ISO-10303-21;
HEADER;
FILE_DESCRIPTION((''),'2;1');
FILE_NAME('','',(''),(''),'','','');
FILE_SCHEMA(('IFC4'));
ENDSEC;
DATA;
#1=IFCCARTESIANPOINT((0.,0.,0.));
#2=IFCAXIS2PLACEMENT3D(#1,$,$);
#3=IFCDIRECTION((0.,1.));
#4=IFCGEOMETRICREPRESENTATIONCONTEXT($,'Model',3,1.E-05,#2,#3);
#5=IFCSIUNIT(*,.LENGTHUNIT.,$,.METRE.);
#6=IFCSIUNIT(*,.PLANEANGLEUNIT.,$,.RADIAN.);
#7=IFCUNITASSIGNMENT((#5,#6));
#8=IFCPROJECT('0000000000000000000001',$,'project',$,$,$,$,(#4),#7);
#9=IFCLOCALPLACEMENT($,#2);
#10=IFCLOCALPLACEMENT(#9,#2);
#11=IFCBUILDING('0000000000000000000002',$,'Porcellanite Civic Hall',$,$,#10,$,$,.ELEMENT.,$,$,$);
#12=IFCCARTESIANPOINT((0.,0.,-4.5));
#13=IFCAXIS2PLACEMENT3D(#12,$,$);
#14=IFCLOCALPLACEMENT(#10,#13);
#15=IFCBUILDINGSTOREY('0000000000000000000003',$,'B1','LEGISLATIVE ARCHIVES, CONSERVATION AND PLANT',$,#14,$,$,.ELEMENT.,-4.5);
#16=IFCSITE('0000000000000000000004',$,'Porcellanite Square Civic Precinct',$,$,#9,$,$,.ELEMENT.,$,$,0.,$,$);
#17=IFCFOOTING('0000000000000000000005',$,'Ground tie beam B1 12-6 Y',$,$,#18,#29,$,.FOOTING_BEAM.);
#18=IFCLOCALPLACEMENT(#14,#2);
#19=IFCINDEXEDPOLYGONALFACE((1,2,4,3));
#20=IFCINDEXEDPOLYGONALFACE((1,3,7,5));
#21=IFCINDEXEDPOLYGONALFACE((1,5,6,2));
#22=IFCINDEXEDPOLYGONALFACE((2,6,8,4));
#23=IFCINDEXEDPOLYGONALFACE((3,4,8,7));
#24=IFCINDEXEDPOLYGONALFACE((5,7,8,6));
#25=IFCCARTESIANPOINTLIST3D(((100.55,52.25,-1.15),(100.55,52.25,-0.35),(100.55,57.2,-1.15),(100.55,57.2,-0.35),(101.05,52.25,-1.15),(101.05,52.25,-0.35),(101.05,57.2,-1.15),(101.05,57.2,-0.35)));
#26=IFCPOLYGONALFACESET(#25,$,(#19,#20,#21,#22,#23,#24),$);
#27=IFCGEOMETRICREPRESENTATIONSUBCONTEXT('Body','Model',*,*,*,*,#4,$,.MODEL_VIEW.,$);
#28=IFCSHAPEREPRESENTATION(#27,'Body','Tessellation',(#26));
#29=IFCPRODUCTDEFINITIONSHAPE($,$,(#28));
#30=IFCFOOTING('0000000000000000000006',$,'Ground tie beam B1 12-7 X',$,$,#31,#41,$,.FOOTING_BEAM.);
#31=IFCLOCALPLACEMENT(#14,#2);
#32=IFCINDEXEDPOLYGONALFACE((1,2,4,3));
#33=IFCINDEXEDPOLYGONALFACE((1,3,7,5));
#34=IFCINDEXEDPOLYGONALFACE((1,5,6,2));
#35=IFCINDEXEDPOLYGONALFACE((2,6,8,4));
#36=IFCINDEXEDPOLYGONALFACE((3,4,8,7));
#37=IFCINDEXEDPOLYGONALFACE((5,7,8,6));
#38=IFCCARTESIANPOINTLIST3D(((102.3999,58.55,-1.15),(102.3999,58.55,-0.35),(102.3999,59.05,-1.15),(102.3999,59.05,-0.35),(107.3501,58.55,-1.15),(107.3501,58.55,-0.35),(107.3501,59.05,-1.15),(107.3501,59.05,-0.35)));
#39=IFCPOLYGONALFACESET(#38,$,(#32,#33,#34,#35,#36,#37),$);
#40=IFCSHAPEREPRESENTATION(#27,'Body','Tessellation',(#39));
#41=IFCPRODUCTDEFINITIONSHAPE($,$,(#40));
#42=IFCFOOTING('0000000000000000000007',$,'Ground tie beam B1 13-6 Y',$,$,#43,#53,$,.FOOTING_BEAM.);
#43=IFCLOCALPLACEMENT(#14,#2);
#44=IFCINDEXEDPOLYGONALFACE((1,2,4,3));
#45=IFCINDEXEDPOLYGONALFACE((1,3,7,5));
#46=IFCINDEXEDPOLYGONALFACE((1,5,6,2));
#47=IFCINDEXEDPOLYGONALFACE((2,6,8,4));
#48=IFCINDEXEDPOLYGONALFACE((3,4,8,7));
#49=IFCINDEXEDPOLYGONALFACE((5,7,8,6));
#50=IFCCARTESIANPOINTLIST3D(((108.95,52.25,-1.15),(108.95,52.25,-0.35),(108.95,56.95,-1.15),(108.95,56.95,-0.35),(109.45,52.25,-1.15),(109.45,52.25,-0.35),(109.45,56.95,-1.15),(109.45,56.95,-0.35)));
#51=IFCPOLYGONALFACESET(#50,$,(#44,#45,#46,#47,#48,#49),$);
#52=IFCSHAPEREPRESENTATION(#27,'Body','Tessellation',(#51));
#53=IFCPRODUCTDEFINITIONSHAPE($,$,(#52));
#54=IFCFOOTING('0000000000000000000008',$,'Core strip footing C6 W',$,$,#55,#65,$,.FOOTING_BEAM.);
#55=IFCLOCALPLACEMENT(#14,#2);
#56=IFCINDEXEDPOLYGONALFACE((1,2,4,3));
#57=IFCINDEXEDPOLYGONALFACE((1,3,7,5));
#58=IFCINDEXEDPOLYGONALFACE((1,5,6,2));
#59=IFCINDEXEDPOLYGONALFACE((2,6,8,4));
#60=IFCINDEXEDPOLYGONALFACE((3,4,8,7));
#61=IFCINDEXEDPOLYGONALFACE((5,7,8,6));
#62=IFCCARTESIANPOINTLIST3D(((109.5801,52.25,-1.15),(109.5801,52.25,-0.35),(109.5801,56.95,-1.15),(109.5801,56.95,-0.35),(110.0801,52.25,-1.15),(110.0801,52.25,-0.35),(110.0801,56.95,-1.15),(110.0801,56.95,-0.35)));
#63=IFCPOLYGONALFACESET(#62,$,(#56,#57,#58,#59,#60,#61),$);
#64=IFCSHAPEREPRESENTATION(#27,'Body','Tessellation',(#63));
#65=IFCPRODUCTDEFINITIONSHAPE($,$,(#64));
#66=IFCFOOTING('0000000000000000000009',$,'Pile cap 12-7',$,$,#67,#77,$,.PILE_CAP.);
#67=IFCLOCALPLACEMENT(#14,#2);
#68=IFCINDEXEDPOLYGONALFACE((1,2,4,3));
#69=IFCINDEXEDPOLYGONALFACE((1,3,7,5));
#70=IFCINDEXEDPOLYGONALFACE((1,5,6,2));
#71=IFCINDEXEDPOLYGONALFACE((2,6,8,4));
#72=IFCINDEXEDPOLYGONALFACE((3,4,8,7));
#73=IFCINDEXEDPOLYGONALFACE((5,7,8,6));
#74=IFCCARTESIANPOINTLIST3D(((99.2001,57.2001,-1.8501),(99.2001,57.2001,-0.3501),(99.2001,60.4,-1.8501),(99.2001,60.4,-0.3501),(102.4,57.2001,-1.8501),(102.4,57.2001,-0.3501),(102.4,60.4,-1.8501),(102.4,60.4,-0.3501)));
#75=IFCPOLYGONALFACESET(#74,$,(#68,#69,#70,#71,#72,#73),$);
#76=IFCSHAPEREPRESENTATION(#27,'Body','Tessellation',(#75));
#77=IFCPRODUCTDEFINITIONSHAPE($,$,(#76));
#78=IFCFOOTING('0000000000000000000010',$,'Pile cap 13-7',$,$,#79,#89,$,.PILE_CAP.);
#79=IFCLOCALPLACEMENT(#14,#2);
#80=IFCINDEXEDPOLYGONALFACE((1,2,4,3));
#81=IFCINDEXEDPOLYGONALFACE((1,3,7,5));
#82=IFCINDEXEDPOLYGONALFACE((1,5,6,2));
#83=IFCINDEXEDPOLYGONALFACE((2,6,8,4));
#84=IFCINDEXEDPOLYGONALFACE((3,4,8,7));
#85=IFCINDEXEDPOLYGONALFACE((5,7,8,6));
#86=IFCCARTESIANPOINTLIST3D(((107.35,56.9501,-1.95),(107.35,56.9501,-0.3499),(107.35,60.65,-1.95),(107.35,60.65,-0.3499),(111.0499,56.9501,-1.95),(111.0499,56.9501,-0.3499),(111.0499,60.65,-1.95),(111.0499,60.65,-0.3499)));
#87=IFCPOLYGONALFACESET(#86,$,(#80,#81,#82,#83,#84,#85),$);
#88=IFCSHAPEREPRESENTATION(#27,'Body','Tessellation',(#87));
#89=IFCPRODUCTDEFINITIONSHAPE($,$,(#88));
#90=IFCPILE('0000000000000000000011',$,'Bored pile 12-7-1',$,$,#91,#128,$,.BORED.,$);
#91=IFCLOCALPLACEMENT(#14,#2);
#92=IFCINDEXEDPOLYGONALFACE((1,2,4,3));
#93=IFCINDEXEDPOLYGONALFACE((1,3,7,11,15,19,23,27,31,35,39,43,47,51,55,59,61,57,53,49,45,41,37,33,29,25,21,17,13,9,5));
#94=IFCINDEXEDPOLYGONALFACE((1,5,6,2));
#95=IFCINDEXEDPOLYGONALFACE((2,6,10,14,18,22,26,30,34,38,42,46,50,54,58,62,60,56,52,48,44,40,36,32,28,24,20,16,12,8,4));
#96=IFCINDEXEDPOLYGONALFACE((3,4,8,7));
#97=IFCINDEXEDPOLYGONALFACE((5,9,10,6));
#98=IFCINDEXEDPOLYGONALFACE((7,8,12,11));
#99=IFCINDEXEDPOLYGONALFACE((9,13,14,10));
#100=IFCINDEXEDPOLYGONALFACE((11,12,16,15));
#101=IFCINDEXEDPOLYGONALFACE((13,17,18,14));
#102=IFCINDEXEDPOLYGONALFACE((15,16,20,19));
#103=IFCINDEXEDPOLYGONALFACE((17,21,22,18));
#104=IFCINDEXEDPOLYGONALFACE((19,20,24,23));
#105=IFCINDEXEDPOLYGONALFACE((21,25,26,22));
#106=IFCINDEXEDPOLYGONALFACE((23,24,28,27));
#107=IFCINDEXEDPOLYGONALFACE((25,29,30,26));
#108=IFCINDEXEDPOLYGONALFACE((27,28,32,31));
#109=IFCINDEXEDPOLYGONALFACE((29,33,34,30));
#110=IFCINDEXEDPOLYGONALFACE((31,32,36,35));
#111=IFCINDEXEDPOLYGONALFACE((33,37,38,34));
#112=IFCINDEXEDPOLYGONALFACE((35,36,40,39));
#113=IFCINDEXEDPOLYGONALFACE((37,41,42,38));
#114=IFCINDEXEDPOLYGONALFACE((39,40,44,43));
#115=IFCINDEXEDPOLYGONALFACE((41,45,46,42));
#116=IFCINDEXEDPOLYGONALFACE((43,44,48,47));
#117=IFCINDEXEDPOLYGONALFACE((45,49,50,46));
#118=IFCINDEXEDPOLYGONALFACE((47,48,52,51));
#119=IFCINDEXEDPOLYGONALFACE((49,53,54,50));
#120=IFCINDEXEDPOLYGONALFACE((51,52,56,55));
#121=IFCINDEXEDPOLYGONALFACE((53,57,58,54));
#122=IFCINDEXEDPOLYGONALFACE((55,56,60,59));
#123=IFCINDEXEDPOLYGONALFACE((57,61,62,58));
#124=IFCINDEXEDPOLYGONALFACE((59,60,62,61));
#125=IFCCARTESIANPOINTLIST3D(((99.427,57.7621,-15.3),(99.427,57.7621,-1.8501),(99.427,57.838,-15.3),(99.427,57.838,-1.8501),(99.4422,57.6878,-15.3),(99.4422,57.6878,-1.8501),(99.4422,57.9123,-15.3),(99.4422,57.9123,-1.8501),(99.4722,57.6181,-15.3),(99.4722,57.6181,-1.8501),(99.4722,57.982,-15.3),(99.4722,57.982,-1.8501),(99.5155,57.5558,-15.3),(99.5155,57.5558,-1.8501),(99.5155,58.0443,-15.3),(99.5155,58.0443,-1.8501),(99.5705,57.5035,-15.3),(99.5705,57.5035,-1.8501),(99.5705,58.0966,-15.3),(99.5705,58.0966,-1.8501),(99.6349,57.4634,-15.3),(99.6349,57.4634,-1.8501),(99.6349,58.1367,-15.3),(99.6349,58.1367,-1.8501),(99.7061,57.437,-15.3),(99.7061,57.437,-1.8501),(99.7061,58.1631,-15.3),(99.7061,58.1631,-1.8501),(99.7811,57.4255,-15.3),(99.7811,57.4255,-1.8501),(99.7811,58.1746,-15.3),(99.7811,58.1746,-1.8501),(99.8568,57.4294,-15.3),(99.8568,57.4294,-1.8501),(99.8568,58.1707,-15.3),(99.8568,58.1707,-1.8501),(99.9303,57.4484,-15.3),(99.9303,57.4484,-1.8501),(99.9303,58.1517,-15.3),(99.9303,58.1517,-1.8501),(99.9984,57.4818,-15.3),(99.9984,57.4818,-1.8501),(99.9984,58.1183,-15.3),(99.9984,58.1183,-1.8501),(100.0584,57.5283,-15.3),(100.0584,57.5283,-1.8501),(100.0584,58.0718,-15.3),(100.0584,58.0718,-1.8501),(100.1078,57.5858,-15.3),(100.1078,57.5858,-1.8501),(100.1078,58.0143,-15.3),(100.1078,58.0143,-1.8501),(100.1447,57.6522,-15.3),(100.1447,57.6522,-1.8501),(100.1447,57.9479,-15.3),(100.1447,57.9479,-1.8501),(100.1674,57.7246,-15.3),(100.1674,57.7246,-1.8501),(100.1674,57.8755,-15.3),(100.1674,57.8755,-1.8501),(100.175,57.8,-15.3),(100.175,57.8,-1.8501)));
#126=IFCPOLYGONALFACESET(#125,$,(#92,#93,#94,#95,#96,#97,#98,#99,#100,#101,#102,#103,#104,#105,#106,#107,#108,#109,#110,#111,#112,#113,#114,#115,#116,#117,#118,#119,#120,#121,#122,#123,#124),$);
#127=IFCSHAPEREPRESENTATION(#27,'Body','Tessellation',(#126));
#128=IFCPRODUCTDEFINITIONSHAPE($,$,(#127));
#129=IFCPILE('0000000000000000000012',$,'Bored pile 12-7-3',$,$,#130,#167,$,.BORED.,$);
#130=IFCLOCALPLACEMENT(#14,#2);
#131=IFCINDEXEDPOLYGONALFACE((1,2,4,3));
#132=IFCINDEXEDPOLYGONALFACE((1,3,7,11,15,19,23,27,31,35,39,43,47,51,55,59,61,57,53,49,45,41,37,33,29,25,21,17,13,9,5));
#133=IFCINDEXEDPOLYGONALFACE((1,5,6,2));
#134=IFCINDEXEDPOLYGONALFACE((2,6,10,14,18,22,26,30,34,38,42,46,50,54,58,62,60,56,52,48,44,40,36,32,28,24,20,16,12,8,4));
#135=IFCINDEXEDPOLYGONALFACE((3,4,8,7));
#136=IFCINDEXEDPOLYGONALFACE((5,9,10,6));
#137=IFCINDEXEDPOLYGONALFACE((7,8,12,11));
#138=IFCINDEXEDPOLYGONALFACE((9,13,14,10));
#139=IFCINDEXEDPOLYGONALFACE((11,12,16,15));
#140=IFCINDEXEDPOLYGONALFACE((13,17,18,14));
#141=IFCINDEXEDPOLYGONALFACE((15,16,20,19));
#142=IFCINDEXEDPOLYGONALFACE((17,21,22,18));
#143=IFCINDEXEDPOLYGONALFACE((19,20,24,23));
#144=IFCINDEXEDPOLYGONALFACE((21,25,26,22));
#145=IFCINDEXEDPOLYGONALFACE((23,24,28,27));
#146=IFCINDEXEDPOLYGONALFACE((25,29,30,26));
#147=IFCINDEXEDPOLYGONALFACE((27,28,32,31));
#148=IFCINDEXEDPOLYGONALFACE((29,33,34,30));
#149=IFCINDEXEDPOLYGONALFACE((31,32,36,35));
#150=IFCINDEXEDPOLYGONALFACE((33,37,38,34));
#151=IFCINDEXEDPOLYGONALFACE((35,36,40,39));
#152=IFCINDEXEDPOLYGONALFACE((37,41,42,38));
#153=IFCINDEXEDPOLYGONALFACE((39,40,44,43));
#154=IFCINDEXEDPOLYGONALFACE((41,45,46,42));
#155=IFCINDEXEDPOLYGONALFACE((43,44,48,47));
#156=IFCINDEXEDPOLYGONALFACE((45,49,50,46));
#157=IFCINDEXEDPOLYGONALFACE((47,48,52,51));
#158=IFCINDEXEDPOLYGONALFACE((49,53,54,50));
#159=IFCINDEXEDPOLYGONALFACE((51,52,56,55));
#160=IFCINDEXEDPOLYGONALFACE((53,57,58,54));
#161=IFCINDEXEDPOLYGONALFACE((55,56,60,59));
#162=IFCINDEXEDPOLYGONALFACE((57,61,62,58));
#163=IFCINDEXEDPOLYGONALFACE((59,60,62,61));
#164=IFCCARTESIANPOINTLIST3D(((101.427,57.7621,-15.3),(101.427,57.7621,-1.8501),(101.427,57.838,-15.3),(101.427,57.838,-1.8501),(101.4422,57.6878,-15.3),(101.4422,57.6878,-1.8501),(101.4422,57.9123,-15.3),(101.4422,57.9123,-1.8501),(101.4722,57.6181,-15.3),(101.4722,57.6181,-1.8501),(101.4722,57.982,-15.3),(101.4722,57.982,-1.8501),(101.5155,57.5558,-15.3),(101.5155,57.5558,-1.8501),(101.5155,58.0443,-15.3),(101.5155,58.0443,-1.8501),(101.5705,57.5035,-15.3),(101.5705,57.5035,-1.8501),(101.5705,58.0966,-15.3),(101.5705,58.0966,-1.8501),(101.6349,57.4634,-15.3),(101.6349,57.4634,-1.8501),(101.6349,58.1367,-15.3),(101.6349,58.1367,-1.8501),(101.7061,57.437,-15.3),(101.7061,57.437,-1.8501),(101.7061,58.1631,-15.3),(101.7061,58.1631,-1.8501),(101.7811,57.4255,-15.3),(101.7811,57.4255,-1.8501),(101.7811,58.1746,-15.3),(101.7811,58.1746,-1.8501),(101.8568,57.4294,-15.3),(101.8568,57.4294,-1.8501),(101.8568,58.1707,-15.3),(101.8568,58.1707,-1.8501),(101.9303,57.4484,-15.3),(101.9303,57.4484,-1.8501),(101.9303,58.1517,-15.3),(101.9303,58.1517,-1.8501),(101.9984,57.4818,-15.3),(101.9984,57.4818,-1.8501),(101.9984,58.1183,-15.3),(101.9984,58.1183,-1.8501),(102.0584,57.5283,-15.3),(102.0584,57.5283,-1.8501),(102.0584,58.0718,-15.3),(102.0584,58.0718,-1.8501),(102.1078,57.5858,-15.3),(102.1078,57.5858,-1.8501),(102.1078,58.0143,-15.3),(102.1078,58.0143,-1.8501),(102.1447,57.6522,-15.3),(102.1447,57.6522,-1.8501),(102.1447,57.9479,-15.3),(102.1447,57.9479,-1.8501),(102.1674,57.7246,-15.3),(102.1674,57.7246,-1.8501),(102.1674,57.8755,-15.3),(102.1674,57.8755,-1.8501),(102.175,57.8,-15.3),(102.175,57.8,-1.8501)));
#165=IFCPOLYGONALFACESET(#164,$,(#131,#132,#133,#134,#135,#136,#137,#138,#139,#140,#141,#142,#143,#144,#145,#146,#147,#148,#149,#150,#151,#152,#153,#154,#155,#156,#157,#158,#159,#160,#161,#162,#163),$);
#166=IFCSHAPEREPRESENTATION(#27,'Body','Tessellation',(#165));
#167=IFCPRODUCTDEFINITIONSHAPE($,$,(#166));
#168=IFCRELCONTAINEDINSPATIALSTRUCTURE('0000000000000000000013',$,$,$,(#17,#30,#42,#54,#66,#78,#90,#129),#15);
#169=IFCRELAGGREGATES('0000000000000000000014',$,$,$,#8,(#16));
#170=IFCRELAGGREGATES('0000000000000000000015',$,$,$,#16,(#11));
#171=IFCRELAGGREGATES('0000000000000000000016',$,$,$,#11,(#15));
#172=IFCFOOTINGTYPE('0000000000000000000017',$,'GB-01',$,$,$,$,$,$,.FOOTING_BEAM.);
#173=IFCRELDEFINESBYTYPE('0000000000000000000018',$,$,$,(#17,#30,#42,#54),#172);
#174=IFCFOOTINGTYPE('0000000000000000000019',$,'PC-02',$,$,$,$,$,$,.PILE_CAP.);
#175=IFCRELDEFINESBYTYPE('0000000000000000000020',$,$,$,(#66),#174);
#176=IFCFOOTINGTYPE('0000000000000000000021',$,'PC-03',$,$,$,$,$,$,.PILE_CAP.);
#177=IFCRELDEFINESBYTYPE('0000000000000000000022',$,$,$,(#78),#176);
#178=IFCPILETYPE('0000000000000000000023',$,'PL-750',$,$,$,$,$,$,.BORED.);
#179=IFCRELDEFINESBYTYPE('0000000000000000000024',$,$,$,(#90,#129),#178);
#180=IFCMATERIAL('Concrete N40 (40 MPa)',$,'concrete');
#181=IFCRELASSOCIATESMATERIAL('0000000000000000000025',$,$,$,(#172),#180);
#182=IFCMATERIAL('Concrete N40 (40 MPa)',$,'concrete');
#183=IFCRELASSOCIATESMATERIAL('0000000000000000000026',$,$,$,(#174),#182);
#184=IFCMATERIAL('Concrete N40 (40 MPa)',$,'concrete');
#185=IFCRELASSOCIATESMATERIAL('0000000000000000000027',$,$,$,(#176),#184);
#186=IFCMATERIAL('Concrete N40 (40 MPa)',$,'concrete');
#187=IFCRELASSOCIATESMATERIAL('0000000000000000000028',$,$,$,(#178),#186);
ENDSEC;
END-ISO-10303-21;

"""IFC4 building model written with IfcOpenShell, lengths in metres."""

from ifc_helpers import new_model, si_unit, direction, frame, origin, origin_2d, place, context, subcontext, project, spatial, rectangle, circle, extrude, material, material_profile, profile_set, type_object, element, save


model = new_model("IFC4")

# Units and contexts
model_context = context("Model", 3, precision=1e-05, world=origin(), true_north=direction((0.0, 1.0)))
body_context = subcontext(model_context, "Body", "Model", "MODEL_VIEW")
ifc_project = project(units=[si_unit("LENGTHUNIT", "METRE"), si_unit("PLANEANGLEUNIT", "RADIAN")], contexts=[model_context])

# Site, building, storey
site_placement = place(None, origin())
site = spatial("IfcSite", under=ifc_project, at=site_placement, Name="Porcellanite Square Civic Precinct", CompositionType="ELEMENT", RefElevation=0.0)
building_placement = place(site_placement, origin())
building = spatial("IfcBuilding", under=site, at=building_placement, Name="Porcellanite Civic Hall", CompositionType="ELEMENT")
storey_placement = place(building_placement, frame((0.0, 0.0, -4.5)))
storey = spatial("IfcBuildingStorey", under=building, at=storey_placement, Name="B1", Description="LEGISLATIVE ARCHIVES, CONSERVATION AND PLANT", CompositionType="ELEMENT", Elevation=-4.5)

# Footings
ifc_material_1 = material(Name="Concrete N40 (40 MPa)", Category="concrete")
ifc_material_profile_1 = material_profile(ifc_material_1, rectangle(XDim=0.5, YDim=0.8, at=origin_2d()), Name="RC-500x800")
ifc_profile_set_1 = profile_set([ifc_material_profile_1], Name="Concrete N40 (40 MPa)")
footing_type_1 = type_object("IfcFootingType", Name="GB-01", PredefinedType="FOOTING_BEAM", material=ifc_profile_set_1)
footing_1_placement = place(storey_placement, frame((100.8, 52.25, -0.75), z_axis=(0.0, 1.0, 0.0), x_axis=(-1.0, 0.0, 0.0)))
element("IfcFooting", 1, at=footing_1_placement, inside=storey, type_object=footing_type_1, Name="Ground tie beam B1 12-6 Y", PredefinedType="FOOTING_BEAM", context=body_context, shape_type="SweptSolid", body=[
    extrude(rectangle(XDim=0.5, YDim=0.8, at=origin_2d()), origin(), (0.0, 0.0, 1.0), 4.95),
])
footing_2_placement = place(storey_placement, frame((102.3999, 58.8, -0.75), z_axis=(1.0, 0.0, 0.0), x_axis=(0.0, 1.0, 0.0)))
element("IfcFooting", 2, at=footing_2_placement, inside=storey, type_object=footing_type_1, Name="Ground tie beam B1 12-7 X", PredefinedType="FOOTING_BEAM", context=body_context, shape_type="SweptSolid", body=[
    extrude(rectangle(XDim=0.5, YDim=0.8, at=origin_2d()), origin(), (0.0, 0.0, 1.0), 4.9502),
])
for number, where, z_axis, x_axis, name in (
    (3, (109.2, 52.25, -0.75), (0.0, 1.0, 0.0), (-1.0, 0.0, 0.0), "Ground tie beam B1 13-6 Y"),
    (4, (109.8301, 52.25, -0.75), (0.0, 1.0, 0.0), (-1.0, 0.0, 0.0), "Core strip footing C6 W"),
):
    element("IfcFooting", number, at=place(storey_placement, frame(where, z_axis=z_axis, x_axis=x_axis)), inside=storey, type_object=footing_type_1, Name=name, PredefinedType="FOOTING_BEAM", context=body_context, shape_type="SweptSolid", body=[
        extrude(rectangle(XDim=0.5, YDim=0.8, at=origin_2d()), origin(), (0.0, 0.0, 1.0), 4.7),
    ])
ifc_material_2 = material(Name="Concrete N40 (40 MPa)", Category="concrete")
footing_type_2 = type_object("IfcFootingType", Name="PC-02", PredefinedType="PILE_CAP", material=ifc_material_2)
footing_3_placement = place(storey_placement, frame((100.8, 58.8, -1.8501), z_axis=(0.0, 0.0, 1.0), x_axis=(1.0, 0.0, 0.0)))
element("IfcFooting", 5, at=footing_3_placement, inside=storey, type_object=footing_type_2, Name="Pile cap 12-7", PredefinedType="PILE_CAP", context=body_context, shape_type="SweptSolid", body=[
    extrude(rectangle(XDim=3.2, YDim=3.2, at=origin_2d()), origin(), (0.0, 0.0, 1.0), 1.5),
])
ifc_material_3 = material(Name="Concrete N40 (40 MPa)", Category="concrete")
footing_type_3 = type_object("IfcFootingType", Name="PC-03", PredefinedType="PILE_CAP", material=ifc_material_3)
footing_4_placement = place(storey_placement, frame((109.2, 58.8, -1.95), z_axis=(0.0, 0.0, 1.0), x_axis=(1.0, 0.0, 0.0)))
element("IfcFooting", 6, at=footing_4_placement, inside=storey, type_object=footing_type_3, Name="Pile cap 13-7", PredefinedType="PILE_CAP", context=body_context, shape_type="SweptSolid", body=[
    extrude(rectangle(XDim=3.7, YDim=3.7, at=origin_2d()), origin(), (0.0, 0.0, 1.0), 1.6001),
])

# Piles
ifc_material_4 = material(Name="Concrete N40 (40 MPa)", Category="concrete")
ifc_material_profile_2 = material_profile(ifc_material_4, circle(Radius=0.375, at=origin_2d()), Name="PILE-D750")
ifc_profile_set_2 = profile_set([ifc_material_profile_2], Name="Concrete N40 (40 MPa)")
pile_type_1 = type_object("IfcPileType", Name="PL-750", PredefinedType="BORED", material=ifc_profile_set_2)
for number, where, z_axis, x_axis, name in (
    (7, (99.8, 57.8, -1.8501), (0.0, 0.0, -1.0), (1.0, 0.0, 0.0), "Bored pile 12-7-1"),
    (8, (101.8, 57.8, -1.8501), (0.0, 0.0, -1.0), (1.0, 0.0, 0.0), "Bored pile 12-7-3"),
):
    element("IfcPile", number, at=place(storey_placement, frame(where, z_axis=z_axis, x_axis=x_axis)), inside=storey, type_object=pile_type_1, Name=name, PredefinedType="BORED", context=body_context, shape_type="SweptSolid", body=[
        extrude(circle(Radius=0.375, at=origin_2d()), origin(), (0.0, 0.0, 1.0), 13.45),
    ])

save(model, "model.ifc")
